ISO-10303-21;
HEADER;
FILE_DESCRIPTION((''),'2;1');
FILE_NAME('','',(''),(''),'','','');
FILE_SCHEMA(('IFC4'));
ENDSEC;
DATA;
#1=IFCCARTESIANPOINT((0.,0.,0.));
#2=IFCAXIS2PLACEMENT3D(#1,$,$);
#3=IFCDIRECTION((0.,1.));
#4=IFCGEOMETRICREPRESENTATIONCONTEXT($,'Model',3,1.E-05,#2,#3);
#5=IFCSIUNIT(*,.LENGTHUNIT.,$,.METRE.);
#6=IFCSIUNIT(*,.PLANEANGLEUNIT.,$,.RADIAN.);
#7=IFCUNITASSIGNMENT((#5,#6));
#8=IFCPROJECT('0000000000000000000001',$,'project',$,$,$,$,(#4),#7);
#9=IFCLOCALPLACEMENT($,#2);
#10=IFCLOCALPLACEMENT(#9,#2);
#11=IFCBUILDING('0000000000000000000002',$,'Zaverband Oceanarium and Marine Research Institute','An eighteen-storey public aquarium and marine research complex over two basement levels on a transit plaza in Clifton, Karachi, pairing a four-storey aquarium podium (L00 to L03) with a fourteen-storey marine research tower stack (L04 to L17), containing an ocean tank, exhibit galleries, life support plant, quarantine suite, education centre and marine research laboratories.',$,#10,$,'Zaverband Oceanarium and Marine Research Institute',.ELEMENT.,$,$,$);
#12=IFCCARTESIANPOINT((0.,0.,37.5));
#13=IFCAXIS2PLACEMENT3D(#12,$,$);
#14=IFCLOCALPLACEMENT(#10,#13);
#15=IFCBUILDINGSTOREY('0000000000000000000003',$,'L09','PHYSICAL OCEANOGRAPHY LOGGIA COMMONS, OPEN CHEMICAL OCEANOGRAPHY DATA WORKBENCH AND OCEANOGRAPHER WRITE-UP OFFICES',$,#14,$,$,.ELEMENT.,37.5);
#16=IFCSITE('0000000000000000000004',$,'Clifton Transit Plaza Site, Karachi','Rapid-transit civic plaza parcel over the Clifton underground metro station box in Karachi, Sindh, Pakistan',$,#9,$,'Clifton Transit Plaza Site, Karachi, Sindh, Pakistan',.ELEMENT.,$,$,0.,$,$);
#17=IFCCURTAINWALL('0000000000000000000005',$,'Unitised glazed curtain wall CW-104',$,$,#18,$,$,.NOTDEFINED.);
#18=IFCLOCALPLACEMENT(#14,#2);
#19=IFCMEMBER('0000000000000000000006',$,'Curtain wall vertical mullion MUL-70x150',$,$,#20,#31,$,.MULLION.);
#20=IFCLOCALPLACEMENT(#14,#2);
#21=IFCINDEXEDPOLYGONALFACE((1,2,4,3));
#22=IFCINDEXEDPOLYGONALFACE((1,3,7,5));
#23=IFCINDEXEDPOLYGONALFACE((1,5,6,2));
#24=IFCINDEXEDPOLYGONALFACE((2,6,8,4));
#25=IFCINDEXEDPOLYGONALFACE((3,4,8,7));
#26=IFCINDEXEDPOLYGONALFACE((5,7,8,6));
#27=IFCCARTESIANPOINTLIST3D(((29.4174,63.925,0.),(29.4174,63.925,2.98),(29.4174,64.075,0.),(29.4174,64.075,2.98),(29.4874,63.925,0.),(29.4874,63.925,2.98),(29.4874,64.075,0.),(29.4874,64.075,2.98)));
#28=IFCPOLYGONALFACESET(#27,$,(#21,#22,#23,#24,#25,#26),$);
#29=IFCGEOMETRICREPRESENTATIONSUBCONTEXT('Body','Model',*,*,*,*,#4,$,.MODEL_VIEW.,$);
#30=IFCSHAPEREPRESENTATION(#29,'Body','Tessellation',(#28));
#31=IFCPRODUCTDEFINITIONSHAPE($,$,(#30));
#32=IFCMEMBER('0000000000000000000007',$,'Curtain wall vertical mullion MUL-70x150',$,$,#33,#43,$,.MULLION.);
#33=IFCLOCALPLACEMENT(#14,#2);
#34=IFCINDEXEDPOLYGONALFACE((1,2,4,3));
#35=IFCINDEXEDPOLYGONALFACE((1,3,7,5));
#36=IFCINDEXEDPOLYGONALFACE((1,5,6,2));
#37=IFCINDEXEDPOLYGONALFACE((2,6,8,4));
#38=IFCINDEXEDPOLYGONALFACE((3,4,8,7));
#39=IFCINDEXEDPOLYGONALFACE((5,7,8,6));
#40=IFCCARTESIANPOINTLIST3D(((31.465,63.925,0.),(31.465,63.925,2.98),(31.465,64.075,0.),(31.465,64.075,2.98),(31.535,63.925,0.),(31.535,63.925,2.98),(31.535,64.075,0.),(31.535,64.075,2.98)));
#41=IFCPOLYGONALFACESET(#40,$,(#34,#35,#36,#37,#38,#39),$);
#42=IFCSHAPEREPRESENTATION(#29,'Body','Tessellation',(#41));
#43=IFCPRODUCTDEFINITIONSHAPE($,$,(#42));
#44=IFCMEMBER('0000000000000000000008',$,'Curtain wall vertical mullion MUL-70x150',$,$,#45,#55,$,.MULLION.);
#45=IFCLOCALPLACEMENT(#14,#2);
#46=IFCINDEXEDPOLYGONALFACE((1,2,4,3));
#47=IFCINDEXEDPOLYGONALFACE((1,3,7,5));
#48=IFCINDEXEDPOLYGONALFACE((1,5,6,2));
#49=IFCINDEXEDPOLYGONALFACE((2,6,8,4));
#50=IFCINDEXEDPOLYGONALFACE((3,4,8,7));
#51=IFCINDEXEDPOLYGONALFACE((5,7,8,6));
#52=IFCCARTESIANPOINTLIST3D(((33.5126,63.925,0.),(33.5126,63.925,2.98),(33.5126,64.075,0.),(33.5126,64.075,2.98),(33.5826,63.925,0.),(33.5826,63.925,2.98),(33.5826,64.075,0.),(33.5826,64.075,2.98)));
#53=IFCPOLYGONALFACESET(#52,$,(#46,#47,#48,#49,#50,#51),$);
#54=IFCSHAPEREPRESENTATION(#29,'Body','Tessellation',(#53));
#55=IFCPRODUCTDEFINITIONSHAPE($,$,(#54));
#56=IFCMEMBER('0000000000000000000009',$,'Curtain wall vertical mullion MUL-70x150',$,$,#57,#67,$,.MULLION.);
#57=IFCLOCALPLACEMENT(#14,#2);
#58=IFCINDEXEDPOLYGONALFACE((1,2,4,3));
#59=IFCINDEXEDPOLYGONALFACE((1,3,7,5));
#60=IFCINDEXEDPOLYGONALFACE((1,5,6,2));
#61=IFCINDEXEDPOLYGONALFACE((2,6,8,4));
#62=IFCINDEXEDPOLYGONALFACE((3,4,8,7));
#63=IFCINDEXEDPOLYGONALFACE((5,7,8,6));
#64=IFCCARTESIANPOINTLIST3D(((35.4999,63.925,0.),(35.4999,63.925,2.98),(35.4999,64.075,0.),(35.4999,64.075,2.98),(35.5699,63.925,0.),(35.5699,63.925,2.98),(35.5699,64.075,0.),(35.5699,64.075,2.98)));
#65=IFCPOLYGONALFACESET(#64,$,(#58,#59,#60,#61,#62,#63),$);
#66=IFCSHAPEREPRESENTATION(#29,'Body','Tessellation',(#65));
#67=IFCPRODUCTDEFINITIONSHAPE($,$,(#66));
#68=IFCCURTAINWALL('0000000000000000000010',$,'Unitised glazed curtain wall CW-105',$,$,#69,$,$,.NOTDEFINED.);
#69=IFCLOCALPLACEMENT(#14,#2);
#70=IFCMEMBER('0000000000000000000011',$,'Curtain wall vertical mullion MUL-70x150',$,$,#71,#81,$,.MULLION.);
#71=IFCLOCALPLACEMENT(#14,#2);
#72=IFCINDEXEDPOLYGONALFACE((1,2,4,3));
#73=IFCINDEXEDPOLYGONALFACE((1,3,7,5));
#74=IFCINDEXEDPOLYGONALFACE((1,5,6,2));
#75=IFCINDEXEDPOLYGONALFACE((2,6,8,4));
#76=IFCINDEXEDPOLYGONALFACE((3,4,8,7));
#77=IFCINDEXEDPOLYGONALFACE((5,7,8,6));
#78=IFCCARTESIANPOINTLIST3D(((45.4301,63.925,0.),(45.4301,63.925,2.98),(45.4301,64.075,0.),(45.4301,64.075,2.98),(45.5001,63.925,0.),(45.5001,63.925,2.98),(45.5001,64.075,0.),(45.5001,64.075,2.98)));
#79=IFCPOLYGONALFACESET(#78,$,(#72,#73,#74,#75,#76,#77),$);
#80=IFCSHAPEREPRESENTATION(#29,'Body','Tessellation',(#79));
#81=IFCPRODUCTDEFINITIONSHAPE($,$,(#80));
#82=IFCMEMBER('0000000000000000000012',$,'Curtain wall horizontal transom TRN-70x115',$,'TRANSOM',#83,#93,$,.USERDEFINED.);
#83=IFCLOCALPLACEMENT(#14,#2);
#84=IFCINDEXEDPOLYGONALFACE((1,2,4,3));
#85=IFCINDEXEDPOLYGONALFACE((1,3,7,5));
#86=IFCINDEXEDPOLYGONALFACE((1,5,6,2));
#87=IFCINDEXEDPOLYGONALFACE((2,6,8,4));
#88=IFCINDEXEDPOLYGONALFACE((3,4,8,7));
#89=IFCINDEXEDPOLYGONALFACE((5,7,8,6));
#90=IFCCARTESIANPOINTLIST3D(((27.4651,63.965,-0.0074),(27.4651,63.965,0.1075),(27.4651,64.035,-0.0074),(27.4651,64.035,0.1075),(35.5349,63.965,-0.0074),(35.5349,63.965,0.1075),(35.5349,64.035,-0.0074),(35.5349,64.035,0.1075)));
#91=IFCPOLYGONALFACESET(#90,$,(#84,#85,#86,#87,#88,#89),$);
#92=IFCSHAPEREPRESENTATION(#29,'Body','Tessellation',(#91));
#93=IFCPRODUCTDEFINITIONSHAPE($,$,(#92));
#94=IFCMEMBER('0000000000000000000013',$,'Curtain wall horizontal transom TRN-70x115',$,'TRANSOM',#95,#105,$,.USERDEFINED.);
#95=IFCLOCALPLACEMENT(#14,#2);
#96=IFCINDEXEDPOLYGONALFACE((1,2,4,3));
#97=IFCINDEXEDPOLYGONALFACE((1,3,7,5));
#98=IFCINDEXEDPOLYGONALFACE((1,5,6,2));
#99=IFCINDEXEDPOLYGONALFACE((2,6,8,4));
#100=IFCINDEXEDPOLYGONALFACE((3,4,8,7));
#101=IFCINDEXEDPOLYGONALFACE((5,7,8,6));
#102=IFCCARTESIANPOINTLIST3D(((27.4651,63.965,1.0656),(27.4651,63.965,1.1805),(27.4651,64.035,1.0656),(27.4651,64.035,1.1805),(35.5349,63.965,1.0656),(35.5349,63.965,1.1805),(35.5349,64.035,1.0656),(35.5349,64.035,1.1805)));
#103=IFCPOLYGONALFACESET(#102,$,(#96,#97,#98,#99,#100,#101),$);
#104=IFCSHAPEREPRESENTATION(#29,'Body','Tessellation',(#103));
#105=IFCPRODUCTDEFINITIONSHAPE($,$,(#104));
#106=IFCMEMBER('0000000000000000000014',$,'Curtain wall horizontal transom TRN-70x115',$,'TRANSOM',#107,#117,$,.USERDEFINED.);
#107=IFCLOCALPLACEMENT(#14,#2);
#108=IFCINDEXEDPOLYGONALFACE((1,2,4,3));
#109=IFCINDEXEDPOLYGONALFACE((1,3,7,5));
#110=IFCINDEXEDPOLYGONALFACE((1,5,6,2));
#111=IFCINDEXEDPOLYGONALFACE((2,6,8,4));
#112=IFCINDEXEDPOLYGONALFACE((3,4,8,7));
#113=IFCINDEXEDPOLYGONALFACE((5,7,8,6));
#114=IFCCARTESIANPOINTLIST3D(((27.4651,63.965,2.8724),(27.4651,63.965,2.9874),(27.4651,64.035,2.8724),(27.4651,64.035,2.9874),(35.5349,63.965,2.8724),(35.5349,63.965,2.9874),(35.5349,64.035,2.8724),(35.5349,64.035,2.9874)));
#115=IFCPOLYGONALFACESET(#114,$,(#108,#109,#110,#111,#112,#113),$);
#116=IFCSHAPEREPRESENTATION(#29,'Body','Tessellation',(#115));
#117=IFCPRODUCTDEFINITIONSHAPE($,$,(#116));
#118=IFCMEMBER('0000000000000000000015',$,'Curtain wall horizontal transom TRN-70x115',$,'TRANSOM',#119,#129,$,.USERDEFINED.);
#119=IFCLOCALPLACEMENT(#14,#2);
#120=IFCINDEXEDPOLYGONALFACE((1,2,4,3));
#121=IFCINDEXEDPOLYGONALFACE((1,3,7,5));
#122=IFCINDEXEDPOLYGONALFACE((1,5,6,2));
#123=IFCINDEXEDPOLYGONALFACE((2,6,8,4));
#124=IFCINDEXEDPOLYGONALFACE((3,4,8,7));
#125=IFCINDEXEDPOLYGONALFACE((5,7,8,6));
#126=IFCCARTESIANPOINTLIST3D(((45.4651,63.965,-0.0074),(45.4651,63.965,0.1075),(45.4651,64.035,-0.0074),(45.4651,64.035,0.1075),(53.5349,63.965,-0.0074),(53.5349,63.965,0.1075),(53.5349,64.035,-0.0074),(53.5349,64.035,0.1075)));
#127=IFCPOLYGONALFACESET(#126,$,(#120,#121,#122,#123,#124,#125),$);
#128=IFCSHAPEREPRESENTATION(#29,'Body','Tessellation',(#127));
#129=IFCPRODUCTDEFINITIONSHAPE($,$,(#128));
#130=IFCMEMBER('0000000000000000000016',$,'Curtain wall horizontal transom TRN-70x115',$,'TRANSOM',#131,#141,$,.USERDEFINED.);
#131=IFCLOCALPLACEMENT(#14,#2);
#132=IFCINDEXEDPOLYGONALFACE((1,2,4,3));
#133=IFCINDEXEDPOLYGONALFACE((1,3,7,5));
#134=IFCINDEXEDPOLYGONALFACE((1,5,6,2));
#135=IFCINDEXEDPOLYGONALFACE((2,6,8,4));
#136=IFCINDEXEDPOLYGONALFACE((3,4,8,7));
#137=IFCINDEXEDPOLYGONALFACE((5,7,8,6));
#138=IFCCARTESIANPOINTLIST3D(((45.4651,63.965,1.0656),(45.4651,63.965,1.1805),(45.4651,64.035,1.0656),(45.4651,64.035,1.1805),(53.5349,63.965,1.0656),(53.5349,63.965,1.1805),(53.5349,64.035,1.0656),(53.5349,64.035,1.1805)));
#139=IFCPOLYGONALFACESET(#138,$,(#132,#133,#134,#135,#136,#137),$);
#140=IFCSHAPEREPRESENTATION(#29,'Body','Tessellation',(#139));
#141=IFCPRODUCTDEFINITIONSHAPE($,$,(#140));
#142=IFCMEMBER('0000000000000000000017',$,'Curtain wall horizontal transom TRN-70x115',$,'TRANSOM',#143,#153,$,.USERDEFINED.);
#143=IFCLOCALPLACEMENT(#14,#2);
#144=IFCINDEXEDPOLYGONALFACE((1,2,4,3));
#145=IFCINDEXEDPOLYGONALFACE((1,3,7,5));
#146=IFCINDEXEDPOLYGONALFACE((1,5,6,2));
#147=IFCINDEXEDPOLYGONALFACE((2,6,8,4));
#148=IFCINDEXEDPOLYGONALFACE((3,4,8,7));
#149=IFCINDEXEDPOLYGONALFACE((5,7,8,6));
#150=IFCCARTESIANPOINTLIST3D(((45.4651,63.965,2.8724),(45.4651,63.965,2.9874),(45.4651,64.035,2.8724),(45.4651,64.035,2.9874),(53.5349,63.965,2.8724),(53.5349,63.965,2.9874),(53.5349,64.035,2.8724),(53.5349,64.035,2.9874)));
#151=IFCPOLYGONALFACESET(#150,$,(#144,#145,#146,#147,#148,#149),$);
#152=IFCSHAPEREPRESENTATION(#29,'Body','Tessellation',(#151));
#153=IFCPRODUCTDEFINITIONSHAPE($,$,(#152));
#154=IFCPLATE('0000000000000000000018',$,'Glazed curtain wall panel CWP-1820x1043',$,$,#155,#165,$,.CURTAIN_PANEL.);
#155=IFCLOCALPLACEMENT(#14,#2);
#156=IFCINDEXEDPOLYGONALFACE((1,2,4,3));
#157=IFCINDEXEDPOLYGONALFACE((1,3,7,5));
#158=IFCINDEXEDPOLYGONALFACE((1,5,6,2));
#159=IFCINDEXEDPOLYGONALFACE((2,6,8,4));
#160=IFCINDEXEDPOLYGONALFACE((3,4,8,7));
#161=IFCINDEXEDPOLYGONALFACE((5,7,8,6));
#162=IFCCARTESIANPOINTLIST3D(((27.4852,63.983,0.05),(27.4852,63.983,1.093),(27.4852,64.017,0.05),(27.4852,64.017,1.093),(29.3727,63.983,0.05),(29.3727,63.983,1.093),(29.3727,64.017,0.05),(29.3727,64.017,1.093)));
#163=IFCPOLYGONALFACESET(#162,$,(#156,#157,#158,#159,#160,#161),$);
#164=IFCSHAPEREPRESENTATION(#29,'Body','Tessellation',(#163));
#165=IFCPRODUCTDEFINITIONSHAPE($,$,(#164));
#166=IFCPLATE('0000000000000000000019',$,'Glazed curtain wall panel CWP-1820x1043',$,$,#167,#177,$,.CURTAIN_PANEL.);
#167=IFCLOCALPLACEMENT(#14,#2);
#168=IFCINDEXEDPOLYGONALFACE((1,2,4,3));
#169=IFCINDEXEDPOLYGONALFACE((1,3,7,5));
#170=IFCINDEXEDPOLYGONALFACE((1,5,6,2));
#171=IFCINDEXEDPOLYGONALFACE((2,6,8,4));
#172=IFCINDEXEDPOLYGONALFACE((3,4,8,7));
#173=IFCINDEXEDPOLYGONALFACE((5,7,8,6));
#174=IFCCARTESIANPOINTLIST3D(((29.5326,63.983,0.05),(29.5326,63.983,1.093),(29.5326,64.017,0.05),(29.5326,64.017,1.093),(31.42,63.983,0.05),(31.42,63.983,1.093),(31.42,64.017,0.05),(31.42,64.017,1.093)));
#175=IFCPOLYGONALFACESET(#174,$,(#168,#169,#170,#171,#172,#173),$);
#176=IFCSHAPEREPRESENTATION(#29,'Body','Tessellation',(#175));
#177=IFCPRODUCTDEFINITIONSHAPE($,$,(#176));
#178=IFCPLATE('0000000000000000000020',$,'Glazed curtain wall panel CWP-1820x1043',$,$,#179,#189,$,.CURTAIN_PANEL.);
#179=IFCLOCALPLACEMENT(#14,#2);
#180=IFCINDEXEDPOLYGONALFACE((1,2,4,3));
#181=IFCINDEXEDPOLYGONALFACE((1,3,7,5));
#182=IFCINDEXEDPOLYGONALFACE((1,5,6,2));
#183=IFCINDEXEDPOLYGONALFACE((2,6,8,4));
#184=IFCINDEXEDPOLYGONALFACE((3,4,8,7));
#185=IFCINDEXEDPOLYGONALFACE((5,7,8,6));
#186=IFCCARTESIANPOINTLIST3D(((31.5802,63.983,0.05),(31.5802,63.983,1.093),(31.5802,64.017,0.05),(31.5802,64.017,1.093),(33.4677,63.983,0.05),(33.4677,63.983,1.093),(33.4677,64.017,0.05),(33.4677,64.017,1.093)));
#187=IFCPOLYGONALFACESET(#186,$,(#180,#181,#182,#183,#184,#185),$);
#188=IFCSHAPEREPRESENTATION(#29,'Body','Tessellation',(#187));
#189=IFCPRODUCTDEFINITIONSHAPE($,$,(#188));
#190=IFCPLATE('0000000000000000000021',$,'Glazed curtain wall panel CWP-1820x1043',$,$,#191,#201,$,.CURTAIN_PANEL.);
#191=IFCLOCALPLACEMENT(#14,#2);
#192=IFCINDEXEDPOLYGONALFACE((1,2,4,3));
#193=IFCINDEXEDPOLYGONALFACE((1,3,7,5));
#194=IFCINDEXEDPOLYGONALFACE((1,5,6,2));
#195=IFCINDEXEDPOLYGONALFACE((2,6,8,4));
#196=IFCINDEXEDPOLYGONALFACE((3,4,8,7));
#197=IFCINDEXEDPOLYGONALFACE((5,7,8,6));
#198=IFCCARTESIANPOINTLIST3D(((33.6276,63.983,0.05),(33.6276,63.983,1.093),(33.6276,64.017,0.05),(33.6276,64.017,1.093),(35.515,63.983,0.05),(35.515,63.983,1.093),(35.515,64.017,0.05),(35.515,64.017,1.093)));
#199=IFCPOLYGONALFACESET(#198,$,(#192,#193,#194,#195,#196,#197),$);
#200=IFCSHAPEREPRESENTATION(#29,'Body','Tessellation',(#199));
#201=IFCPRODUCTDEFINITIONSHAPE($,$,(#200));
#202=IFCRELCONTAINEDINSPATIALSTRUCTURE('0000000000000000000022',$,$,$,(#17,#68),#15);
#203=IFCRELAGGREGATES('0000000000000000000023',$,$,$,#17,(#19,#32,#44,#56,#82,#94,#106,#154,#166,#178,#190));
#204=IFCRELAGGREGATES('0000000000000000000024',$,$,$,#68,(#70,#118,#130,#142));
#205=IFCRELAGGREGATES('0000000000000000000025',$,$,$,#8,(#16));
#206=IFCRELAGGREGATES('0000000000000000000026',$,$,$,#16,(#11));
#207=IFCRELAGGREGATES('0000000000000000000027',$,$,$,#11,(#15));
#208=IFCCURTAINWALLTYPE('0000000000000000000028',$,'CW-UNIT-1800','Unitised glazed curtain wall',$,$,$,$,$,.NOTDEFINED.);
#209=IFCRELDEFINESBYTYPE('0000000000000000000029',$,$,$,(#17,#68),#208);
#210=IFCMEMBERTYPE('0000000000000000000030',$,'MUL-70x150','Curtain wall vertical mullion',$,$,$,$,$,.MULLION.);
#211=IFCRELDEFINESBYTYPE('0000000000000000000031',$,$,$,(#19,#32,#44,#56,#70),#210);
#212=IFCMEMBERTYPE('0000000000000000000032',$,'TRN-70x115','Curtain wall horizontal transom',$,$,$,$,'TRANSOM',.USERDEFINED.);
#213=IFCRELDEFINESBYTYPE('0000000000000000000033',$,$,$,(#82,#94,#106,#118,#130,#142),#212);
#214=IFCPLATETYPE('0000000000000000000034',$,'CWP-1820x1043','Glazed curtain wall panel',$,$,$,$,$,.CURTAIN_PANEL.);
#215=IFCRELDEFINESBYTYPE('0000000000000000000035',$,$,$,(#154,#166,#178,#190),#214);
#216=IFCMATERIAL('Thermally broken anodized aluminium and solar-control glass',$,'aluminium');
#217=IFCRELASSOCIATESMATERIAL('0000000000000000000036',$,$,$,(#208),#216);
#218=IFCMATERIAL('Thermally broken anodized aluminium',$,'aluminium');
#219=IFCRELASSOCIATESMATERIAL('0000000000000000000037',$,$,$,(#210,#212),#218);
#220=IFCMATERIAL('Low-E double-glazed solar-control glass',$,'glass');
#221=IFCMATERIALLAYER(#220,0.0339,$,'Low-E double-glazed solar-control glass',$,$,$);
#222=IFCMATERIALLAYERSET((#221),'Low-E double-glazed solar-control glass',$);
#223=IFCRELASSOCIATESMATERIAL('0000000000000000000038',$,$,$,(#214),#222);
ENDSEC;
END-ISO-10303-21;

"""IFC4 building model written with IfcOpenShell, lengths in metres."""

from ifc_helpers import new_model, si_unit, direction, frame, frame_2d, origin, origin_2d, place, context, subcontext, project, spatial, rectangle, extrude, material, layer, layer_set, material_profile, profile_set, type_object, element, aggregate, save


model = new_model("IFC4")

# Units and contexts
model_context = context("Model", 3, precision=1e-05, world=origin(), true_north=direction((0.0, 1.0)))
body_context = subcontext(model_context, "Body", "Model", "MODEL_VIEW")
ifc_project = project(units=[si_unit("LENGTHUNIT", "METRE"), si_unit("PLANEANGLEUNIT", "RADIAN")], contexts=[model_context])

# Site, building, storey
site_placement = place(None, origin())
site = spatial("IfcSite", under=ifc_project, at=site_placement, Name="Clifton Transit Plaza Site, Karachi", Description="Rapid-transit civic plaza parcel over the Clifton underground metro station box in Karachi, Sindh, Pakistan", LongName="Clifton Transit Plaza Site, Karachi, Sindh, Pakistan", CompositionType="ELEMENT", RefElevation=0.0)
building_placement = place(site_placement, origin())
building = spatial("IfcBuilding", under=site, at=building_placement, Name="Zaverband Oceanarium and Marine Research Institute", Description="An eighteen-storey public aquarium and marine research complex over two basement levels on a transit plaza in Clifton, Karachi, pairing a four-storey aquarium podium (L00 to L03) with a fourteen-storey marine research tower stack (L04 to L17), containing an ocean tank, exhibit galleries, life support plant, quarantine suite, education centre and marine research laboratories.", LongName="Zaverband Oceanarium and Marine Research Institute", CompositionType="ELEMENT")
storey_placement = place(building_placement, frame((0.0, 0.0, 37.5)))
storey = spatial("IfcBuildingStorey", under=building, at=storey_placement, Name="L09", Description="PHYSICAL OCEANOGRAPHY LOGGIA COMMONS, OPEN CHEMICAL OCEANOGRAPHY DATA WORKBENCH AND OCEANOGRAPHER WRITE-UP OFFICES", CompositionType="ELEMENT", Elevation=37.5)

# Curtain wall, members
ifc_material_1 = material(Name="Thermally broken anodized aluminium and solar-control glass", Category="aluminium")
curtain_wall_type = type_object("IfcCurtainWallType", Name="CW-UNIT-1800", Description="Unitised glazed curtain wall", PredefinedType="NOTDEFINED", material=ifc_material_1)
curtain_wall_1_placement = place(storey_placement, origin())
curtain_wall_1 = element("IfcCurtainWall", 1, at=curtain_wall_1_placement, inside=storey, type_object=curtain_wall_type, Name="Unitised glazed curtain wall CW-104", PredefinedType="NOTDEFINED")
ifc_material_2 = material(Name="Thermally broken anodized aluminium", Category="aluminium")
ifc_material_profile_1 = material_profile(ifc_material_2, rectangle(XDim=0.0701, YDim=0.1499, at=origin_2d()), Name="AL-MUL-70x150")
ifc_profile_set_1 = profile_set([ifc_material_profile_1], Name="Thermally broken anodized aluminium")
member_type_1 = type_object("IfcMemberType", Name="MUL-70x150", Description="Curtain wall vertical mullion", PredefinedType="MULLION", material=ifc_profile_set_1)
member_1_placement = place(storey_placement, frame((29.4524, 64.0, 0.0), z_axis=(0.0, 0.0, 1.0), x_axis=(1.0, 0.0, 0.0)))
member_1 = element("IfcMember", 2, at=member_1_placement, type_object=member_type_1, Name="Curtain wall vertical mullion MUL-70x150", PredefinedType="MULLION", context=body_context, shape_type="SweptSolid", body=[
    extrude(rectangle(XDim=0.0701, YDim=0.1499, at=origin_2d()), origin(), (0.0, 0.0, 1.0), 2.98),
])
member_2_placement = place(storey_placement, frame((31.5, 64.0, 0.0), z_axis=(0.0, 0.0, 1.0), x_axis=(1.0, 0.0, 0.0)))
member_2 = element("IfcMember", 3, at=member_2_placement, type_object=member_type_1, Name="Curtain wall vertical mullion MUL-70x150", PredefinedType="MULLION", context=body_context, shape_type="SweptSolid", body=[
    extrude(rectangle(XDim=0.0701, YDim=0.1499, at=origin_2d()), origin(), (0.0, 0.0, 1.0), 2.98),
])
member_3_placement = place(storey_placement, frame((33.5476, 64.0, 0.0), z_axis=(0.0, 0.0, 1.0), x_axis=(1.0, 0.0, 0.0)))
member_3 = element("IfcMember", 4, at=member_3_placement, type_object=member_type_1, Name="Curtain wall vertical mullion MUL-70x150", PredefinedType="MULLION", context=body_context, shape_type="SweptSolid", body=[
    extrude(rectangle(XDim=0.0701, YDim=0.1499, at=origin_2d()), origin(), (0.0, 0.0, 1.0), 2.98),
])
member_4_placement = place(storey_placement, frame((35.5349, 64.0, 0.0), z_axis=(0.0, 0.0, 1.0), x_axis=(1.0, 0.0, 0.0)))
member_4 = element("IfcMember", 5, at=member_4_placement, type_object=member_type_1, Name="Curtain wall vertical mullion MUL-70x150", PredefinedType="MULLION", context=body_context, shape_type="SweptSolid", body=[
    extrude(rectangle(XDim=0.0701, YDim=0.1499, at=origin_2d()), origin(), (0.0, 0.0, 1.0), 2.98),
])

# Curtain wall, member
curtain_wall_2_placement = place(storey_placement, origin())
curtain_wall_2 = element("IfcCurtainWall", 6, at=curtain_wall_2_placement, inside=storey, type_object=curtain_wall_type, Name="Unitised glazed curtain wall CW-105", PredefinedType="NOTDEFINED")
member_5_placement = place(storey_placement, frame((45.4651, 64.0, 0.0), z_axis=(0.0, 0.0, 1.0), x_axis=(1.0, 0.0, 0.0)))
member_5 = element("IfcMember", 7, at=member_5_placement, type_object=member_type_1, Name="Curtain wall vertical mullion MUL-70x150", PredefinedType="MULLION", context=body_context, shape_type="SweptSolid", body=[
    extrude(rectangle(XDim=0.0701, YDim=0.1499, at=origin_2d()), origin(), (0.0, 0.0, 1.0), 2.98),
])

# Members
ifc_material_profile_2 = material_profile(ifc_material_2, rectangle(XDim=0.0701, YDim=0.115, at=origin_2d()), Name="AL-TRN-70x115")
ifc_profile_set_2 = profile_set([ifc_material_profile_2], Name="Thermally broken anodized aluminium")
member_type_2 = type_object("IfcMemberType", Name="TRN-70x115", Description="Curtain wall horizontal transom", ElementType="TRANSOM", PredefinedType="USERDEFINED", material=ifc_profile_set_2)
member_6_placement = place(storey_placement, frame((27.4651, 64.0, 0.05), z_axis=(1.0, 0.0, 0.0), x_axis=(0.0, 1.0, 0.0)))
member_6 = element("IfcMember", 8, at=member_6_placement, type_object=member_type_2, Name="Curtain wall horizontal transom TRN-70x115", ObjectType="TRANSOM", PredefinedType="USERDEFINED", context=body_context, shape_type="SweptSolid", body=[
    extrude(rectangle(XDim=0.0701, YDim=0.115, at=origin_2d()), origin(), (0.0, 0.0, 1.0), 8.0698),
])
member_7_placement = place(storey_placement, frame((27.4651, 64.0, 1.123), z_axis=(1.0, 0.0, 0.0), x_axis=(0.0, 1.0, 0.0)))
member_7 = element("IfcMember", 9, at=member_7_placement, type_object=member_type_2, Name="Curtain wall horizontal transom TRN-70x115", ObjectType="TRANSOM", PredefinedType="USERDEFINED", context=body_context, shape_type="SweptSolid", body=[
    extrude(rectangle(XDim=0.0701, YDim=0.115, at=origin_2d()), origin(), (0.0, 0.0, 1.0), 8.0698),
])
member_8_placement = place(storey_placement, frame((27.4651, 64.0, 2.9299), z_axis=(1.0, 0.0, 0.0), x_axis=(0.0, 1.0, 0.0)))
member_8 = element("IfcMember", 10, at=member_8_placement, type_object=member_type_2, Name="Curtain wall horizontal transom TRN-70x115", ObjectType="TRANSOM", PredefinedType="USERDEFINED", context=body_context, shape_type="SweptSolid", body=[
    extrude(rectangle(XDim=0.0701, YDim=0.115, at=origin_2d()), origin(), (0.0, 0.0, 1.0), 8.0698),
])
member_9_placement = place(storey_placement, frame((45.4651, 64.0, 0.05), z_axis=(1.0, 0.0, 0.0), x_axis=(0.0, 1.0, 0.0)))
member_9 = element("IfcMember", 11, at=member_9_placement, type_object=member_type_2, Name="Curtain wall horizontal transom TRN-70x115", ObjectType="TRANSOM", PredefinedType="USERDEFINED", context=body_context, shape_type="SweptSolid", body=[
    extrude(rectangle(XDim=0.0701, YDim=0.115, at=origin_2d()), origin(), (0.0, 0.0, 1.0), 8.0698),
])
member_10_placement = place(storey_placement, frame((45.4651, 64.0, 1.123), z_axis=(1.0, 0.0, 0.0), x_axis=(0.0, 1.0, 0.0)))
member_10 = element("IfcMember", 12, at=member_10_placement, type_object=member_type_2, Name="Curtain wall horizontal transom TRN-70x115", ObjectType="TRANSOM", PredefinedType="USERDEFINED", context=body_context, shape_type="SweptSolid", body=[
    extrude(rectangle(XDim=0.0701, YDim=0.115, at=origin_2d()), origin(), (0.0, 0.0, 1.0), 8.0698),
])
member_11_placement = place(storey_placement, frame((45.4651, 64.0, 2.9299), z_axis=(1.0, 0.0, 0.0), x_axis=(0.0, 1.0, 0.0)))
member_11 = element("IfcMember", 13, at=member_11_placement, type_object=member_type_2, Name="Curtain wall horizontal transom TRN-70x115", ObjectType="TRANSOM", PredefinedType="USERDEFINED", context=body_context, shape_type="SweptSolid", body=[
    extrude(rectangle(XDim=0.0701, YDim=0.115, at=origin_2d()), origin(), (0.0, 0.0, 1.0), 8.0698),
])

# Plates
ifc_material_3 = material(Name="Low-E double-glazed solar-control glass", Category="glass")
ifc_layer_1 = layer(ifc_material_3, 0.0339, Name="Low-E double-glazed solar-control glass")
ifc_layer_set_1 = layer_set([ifc_layer_1], Name="Low-E double-glazed solar-control glass")
plate_type_1 = type_object("IfcPlateType", Name="CWP-1820x1043", Description="Glazed curtain wall panel", PredefinedType="CURTAIN_PANEL", material=ifc_layer_set_1)
plate_1_placement = place(storey_placement, frame((27.4851, 64.0, 0.05), z_axis=(0.0, 0.0, 1.0), x_axis=(1.0, 0.0, 0.0)))
plate_1 = element("IfcPlate", 14, at=plate_1_placement, type_object=plate_type_1, Name="Glazed curtain wall panel CWP-1820x1043", PredefinedType="CURTAIN_PANEL", context=body_context, shape_type="SweptSolid", body=[
    extrude(rectangle(XDim=1.8875, YDim=0.0339, at=frame_2d((0.9438, 0.0))), origin(), (0.0, 0.0, 1.0), 1.043),
])
plate_2_placement = place(storey_placement, frame((29.5325, 64.0, 0.05), z_axis=(0.0, 0.0, 1.0), x_axis=(1.0, 0.0, 0.0)))
plate_2 = element("IfcPlate", 15, at=plate_2_placement, type_object=plate_type_1, Name="Glazed curtain wall panel CWP-1820x1043", PredefinedType="CURTAIN_PANEL", context=body_context, shape_type="SweptSolid", body=[
    extrude(rectangle(XDim=1.8875, YDim=0.0339, at=frame_2d((0.9438, 0.0))), origin(), (0.0, 0.0, 1.0), 1.043),
])
plate_3_placement = place(storey_placement, frame((31.5801, 64.0, 0.05), z_axis=(0.0, 0.0, 1.0), x_axis=(1.0, 0.0, 0.0)))
plate_3 = element("IfcPlate", 16, at=plate_3_placement, type_object=plate_type_1, Name="Glazed curtain wall panel CWP-1820x1043", PredefinedType="CURTAIN_PANEL", context=body_context, shape_type="SweptSolid", body=[
    extrude(rectangle(XDim=1.8875, YDim=0.0339, at=frame_2d((0.9438, 0.0))), origin(), (0.0, 0.0, 1.0), 1.043),
])
plate_4_placement = place(storey_placement, frame((33.6274, 64.0, 0.05), z_axis=(0.0, 0.0, 1.0), x_axis=(1.0, 0.0, 0.0)))
plate_4 = element("IfcPlate", 17, at=plate_4_placement, type_object=plate_type_1, Name="Glazed curtain wall panel CWP-1820x1043", PredefinedType="CURTAIN_PANEL", context=body_context, shape_type="SweptSolid", body=[
    extrude(rectangle(XDim=1.8875, YDim=0.0339, at=frame_2d((0.9438, 0.0))), origin(), (0.0, 0.0, 1.0), 1.043),
])
aggregate(curtain_wall_1, [member_1, member_2, member_3, member_4, member_6, member_7, member_8, plate_1, plate_2, plate_3, plate_4])
aggregate(curtain_wall_2, [member_5, member_9, member_10, member_11])

save(model, "model.ifc")
